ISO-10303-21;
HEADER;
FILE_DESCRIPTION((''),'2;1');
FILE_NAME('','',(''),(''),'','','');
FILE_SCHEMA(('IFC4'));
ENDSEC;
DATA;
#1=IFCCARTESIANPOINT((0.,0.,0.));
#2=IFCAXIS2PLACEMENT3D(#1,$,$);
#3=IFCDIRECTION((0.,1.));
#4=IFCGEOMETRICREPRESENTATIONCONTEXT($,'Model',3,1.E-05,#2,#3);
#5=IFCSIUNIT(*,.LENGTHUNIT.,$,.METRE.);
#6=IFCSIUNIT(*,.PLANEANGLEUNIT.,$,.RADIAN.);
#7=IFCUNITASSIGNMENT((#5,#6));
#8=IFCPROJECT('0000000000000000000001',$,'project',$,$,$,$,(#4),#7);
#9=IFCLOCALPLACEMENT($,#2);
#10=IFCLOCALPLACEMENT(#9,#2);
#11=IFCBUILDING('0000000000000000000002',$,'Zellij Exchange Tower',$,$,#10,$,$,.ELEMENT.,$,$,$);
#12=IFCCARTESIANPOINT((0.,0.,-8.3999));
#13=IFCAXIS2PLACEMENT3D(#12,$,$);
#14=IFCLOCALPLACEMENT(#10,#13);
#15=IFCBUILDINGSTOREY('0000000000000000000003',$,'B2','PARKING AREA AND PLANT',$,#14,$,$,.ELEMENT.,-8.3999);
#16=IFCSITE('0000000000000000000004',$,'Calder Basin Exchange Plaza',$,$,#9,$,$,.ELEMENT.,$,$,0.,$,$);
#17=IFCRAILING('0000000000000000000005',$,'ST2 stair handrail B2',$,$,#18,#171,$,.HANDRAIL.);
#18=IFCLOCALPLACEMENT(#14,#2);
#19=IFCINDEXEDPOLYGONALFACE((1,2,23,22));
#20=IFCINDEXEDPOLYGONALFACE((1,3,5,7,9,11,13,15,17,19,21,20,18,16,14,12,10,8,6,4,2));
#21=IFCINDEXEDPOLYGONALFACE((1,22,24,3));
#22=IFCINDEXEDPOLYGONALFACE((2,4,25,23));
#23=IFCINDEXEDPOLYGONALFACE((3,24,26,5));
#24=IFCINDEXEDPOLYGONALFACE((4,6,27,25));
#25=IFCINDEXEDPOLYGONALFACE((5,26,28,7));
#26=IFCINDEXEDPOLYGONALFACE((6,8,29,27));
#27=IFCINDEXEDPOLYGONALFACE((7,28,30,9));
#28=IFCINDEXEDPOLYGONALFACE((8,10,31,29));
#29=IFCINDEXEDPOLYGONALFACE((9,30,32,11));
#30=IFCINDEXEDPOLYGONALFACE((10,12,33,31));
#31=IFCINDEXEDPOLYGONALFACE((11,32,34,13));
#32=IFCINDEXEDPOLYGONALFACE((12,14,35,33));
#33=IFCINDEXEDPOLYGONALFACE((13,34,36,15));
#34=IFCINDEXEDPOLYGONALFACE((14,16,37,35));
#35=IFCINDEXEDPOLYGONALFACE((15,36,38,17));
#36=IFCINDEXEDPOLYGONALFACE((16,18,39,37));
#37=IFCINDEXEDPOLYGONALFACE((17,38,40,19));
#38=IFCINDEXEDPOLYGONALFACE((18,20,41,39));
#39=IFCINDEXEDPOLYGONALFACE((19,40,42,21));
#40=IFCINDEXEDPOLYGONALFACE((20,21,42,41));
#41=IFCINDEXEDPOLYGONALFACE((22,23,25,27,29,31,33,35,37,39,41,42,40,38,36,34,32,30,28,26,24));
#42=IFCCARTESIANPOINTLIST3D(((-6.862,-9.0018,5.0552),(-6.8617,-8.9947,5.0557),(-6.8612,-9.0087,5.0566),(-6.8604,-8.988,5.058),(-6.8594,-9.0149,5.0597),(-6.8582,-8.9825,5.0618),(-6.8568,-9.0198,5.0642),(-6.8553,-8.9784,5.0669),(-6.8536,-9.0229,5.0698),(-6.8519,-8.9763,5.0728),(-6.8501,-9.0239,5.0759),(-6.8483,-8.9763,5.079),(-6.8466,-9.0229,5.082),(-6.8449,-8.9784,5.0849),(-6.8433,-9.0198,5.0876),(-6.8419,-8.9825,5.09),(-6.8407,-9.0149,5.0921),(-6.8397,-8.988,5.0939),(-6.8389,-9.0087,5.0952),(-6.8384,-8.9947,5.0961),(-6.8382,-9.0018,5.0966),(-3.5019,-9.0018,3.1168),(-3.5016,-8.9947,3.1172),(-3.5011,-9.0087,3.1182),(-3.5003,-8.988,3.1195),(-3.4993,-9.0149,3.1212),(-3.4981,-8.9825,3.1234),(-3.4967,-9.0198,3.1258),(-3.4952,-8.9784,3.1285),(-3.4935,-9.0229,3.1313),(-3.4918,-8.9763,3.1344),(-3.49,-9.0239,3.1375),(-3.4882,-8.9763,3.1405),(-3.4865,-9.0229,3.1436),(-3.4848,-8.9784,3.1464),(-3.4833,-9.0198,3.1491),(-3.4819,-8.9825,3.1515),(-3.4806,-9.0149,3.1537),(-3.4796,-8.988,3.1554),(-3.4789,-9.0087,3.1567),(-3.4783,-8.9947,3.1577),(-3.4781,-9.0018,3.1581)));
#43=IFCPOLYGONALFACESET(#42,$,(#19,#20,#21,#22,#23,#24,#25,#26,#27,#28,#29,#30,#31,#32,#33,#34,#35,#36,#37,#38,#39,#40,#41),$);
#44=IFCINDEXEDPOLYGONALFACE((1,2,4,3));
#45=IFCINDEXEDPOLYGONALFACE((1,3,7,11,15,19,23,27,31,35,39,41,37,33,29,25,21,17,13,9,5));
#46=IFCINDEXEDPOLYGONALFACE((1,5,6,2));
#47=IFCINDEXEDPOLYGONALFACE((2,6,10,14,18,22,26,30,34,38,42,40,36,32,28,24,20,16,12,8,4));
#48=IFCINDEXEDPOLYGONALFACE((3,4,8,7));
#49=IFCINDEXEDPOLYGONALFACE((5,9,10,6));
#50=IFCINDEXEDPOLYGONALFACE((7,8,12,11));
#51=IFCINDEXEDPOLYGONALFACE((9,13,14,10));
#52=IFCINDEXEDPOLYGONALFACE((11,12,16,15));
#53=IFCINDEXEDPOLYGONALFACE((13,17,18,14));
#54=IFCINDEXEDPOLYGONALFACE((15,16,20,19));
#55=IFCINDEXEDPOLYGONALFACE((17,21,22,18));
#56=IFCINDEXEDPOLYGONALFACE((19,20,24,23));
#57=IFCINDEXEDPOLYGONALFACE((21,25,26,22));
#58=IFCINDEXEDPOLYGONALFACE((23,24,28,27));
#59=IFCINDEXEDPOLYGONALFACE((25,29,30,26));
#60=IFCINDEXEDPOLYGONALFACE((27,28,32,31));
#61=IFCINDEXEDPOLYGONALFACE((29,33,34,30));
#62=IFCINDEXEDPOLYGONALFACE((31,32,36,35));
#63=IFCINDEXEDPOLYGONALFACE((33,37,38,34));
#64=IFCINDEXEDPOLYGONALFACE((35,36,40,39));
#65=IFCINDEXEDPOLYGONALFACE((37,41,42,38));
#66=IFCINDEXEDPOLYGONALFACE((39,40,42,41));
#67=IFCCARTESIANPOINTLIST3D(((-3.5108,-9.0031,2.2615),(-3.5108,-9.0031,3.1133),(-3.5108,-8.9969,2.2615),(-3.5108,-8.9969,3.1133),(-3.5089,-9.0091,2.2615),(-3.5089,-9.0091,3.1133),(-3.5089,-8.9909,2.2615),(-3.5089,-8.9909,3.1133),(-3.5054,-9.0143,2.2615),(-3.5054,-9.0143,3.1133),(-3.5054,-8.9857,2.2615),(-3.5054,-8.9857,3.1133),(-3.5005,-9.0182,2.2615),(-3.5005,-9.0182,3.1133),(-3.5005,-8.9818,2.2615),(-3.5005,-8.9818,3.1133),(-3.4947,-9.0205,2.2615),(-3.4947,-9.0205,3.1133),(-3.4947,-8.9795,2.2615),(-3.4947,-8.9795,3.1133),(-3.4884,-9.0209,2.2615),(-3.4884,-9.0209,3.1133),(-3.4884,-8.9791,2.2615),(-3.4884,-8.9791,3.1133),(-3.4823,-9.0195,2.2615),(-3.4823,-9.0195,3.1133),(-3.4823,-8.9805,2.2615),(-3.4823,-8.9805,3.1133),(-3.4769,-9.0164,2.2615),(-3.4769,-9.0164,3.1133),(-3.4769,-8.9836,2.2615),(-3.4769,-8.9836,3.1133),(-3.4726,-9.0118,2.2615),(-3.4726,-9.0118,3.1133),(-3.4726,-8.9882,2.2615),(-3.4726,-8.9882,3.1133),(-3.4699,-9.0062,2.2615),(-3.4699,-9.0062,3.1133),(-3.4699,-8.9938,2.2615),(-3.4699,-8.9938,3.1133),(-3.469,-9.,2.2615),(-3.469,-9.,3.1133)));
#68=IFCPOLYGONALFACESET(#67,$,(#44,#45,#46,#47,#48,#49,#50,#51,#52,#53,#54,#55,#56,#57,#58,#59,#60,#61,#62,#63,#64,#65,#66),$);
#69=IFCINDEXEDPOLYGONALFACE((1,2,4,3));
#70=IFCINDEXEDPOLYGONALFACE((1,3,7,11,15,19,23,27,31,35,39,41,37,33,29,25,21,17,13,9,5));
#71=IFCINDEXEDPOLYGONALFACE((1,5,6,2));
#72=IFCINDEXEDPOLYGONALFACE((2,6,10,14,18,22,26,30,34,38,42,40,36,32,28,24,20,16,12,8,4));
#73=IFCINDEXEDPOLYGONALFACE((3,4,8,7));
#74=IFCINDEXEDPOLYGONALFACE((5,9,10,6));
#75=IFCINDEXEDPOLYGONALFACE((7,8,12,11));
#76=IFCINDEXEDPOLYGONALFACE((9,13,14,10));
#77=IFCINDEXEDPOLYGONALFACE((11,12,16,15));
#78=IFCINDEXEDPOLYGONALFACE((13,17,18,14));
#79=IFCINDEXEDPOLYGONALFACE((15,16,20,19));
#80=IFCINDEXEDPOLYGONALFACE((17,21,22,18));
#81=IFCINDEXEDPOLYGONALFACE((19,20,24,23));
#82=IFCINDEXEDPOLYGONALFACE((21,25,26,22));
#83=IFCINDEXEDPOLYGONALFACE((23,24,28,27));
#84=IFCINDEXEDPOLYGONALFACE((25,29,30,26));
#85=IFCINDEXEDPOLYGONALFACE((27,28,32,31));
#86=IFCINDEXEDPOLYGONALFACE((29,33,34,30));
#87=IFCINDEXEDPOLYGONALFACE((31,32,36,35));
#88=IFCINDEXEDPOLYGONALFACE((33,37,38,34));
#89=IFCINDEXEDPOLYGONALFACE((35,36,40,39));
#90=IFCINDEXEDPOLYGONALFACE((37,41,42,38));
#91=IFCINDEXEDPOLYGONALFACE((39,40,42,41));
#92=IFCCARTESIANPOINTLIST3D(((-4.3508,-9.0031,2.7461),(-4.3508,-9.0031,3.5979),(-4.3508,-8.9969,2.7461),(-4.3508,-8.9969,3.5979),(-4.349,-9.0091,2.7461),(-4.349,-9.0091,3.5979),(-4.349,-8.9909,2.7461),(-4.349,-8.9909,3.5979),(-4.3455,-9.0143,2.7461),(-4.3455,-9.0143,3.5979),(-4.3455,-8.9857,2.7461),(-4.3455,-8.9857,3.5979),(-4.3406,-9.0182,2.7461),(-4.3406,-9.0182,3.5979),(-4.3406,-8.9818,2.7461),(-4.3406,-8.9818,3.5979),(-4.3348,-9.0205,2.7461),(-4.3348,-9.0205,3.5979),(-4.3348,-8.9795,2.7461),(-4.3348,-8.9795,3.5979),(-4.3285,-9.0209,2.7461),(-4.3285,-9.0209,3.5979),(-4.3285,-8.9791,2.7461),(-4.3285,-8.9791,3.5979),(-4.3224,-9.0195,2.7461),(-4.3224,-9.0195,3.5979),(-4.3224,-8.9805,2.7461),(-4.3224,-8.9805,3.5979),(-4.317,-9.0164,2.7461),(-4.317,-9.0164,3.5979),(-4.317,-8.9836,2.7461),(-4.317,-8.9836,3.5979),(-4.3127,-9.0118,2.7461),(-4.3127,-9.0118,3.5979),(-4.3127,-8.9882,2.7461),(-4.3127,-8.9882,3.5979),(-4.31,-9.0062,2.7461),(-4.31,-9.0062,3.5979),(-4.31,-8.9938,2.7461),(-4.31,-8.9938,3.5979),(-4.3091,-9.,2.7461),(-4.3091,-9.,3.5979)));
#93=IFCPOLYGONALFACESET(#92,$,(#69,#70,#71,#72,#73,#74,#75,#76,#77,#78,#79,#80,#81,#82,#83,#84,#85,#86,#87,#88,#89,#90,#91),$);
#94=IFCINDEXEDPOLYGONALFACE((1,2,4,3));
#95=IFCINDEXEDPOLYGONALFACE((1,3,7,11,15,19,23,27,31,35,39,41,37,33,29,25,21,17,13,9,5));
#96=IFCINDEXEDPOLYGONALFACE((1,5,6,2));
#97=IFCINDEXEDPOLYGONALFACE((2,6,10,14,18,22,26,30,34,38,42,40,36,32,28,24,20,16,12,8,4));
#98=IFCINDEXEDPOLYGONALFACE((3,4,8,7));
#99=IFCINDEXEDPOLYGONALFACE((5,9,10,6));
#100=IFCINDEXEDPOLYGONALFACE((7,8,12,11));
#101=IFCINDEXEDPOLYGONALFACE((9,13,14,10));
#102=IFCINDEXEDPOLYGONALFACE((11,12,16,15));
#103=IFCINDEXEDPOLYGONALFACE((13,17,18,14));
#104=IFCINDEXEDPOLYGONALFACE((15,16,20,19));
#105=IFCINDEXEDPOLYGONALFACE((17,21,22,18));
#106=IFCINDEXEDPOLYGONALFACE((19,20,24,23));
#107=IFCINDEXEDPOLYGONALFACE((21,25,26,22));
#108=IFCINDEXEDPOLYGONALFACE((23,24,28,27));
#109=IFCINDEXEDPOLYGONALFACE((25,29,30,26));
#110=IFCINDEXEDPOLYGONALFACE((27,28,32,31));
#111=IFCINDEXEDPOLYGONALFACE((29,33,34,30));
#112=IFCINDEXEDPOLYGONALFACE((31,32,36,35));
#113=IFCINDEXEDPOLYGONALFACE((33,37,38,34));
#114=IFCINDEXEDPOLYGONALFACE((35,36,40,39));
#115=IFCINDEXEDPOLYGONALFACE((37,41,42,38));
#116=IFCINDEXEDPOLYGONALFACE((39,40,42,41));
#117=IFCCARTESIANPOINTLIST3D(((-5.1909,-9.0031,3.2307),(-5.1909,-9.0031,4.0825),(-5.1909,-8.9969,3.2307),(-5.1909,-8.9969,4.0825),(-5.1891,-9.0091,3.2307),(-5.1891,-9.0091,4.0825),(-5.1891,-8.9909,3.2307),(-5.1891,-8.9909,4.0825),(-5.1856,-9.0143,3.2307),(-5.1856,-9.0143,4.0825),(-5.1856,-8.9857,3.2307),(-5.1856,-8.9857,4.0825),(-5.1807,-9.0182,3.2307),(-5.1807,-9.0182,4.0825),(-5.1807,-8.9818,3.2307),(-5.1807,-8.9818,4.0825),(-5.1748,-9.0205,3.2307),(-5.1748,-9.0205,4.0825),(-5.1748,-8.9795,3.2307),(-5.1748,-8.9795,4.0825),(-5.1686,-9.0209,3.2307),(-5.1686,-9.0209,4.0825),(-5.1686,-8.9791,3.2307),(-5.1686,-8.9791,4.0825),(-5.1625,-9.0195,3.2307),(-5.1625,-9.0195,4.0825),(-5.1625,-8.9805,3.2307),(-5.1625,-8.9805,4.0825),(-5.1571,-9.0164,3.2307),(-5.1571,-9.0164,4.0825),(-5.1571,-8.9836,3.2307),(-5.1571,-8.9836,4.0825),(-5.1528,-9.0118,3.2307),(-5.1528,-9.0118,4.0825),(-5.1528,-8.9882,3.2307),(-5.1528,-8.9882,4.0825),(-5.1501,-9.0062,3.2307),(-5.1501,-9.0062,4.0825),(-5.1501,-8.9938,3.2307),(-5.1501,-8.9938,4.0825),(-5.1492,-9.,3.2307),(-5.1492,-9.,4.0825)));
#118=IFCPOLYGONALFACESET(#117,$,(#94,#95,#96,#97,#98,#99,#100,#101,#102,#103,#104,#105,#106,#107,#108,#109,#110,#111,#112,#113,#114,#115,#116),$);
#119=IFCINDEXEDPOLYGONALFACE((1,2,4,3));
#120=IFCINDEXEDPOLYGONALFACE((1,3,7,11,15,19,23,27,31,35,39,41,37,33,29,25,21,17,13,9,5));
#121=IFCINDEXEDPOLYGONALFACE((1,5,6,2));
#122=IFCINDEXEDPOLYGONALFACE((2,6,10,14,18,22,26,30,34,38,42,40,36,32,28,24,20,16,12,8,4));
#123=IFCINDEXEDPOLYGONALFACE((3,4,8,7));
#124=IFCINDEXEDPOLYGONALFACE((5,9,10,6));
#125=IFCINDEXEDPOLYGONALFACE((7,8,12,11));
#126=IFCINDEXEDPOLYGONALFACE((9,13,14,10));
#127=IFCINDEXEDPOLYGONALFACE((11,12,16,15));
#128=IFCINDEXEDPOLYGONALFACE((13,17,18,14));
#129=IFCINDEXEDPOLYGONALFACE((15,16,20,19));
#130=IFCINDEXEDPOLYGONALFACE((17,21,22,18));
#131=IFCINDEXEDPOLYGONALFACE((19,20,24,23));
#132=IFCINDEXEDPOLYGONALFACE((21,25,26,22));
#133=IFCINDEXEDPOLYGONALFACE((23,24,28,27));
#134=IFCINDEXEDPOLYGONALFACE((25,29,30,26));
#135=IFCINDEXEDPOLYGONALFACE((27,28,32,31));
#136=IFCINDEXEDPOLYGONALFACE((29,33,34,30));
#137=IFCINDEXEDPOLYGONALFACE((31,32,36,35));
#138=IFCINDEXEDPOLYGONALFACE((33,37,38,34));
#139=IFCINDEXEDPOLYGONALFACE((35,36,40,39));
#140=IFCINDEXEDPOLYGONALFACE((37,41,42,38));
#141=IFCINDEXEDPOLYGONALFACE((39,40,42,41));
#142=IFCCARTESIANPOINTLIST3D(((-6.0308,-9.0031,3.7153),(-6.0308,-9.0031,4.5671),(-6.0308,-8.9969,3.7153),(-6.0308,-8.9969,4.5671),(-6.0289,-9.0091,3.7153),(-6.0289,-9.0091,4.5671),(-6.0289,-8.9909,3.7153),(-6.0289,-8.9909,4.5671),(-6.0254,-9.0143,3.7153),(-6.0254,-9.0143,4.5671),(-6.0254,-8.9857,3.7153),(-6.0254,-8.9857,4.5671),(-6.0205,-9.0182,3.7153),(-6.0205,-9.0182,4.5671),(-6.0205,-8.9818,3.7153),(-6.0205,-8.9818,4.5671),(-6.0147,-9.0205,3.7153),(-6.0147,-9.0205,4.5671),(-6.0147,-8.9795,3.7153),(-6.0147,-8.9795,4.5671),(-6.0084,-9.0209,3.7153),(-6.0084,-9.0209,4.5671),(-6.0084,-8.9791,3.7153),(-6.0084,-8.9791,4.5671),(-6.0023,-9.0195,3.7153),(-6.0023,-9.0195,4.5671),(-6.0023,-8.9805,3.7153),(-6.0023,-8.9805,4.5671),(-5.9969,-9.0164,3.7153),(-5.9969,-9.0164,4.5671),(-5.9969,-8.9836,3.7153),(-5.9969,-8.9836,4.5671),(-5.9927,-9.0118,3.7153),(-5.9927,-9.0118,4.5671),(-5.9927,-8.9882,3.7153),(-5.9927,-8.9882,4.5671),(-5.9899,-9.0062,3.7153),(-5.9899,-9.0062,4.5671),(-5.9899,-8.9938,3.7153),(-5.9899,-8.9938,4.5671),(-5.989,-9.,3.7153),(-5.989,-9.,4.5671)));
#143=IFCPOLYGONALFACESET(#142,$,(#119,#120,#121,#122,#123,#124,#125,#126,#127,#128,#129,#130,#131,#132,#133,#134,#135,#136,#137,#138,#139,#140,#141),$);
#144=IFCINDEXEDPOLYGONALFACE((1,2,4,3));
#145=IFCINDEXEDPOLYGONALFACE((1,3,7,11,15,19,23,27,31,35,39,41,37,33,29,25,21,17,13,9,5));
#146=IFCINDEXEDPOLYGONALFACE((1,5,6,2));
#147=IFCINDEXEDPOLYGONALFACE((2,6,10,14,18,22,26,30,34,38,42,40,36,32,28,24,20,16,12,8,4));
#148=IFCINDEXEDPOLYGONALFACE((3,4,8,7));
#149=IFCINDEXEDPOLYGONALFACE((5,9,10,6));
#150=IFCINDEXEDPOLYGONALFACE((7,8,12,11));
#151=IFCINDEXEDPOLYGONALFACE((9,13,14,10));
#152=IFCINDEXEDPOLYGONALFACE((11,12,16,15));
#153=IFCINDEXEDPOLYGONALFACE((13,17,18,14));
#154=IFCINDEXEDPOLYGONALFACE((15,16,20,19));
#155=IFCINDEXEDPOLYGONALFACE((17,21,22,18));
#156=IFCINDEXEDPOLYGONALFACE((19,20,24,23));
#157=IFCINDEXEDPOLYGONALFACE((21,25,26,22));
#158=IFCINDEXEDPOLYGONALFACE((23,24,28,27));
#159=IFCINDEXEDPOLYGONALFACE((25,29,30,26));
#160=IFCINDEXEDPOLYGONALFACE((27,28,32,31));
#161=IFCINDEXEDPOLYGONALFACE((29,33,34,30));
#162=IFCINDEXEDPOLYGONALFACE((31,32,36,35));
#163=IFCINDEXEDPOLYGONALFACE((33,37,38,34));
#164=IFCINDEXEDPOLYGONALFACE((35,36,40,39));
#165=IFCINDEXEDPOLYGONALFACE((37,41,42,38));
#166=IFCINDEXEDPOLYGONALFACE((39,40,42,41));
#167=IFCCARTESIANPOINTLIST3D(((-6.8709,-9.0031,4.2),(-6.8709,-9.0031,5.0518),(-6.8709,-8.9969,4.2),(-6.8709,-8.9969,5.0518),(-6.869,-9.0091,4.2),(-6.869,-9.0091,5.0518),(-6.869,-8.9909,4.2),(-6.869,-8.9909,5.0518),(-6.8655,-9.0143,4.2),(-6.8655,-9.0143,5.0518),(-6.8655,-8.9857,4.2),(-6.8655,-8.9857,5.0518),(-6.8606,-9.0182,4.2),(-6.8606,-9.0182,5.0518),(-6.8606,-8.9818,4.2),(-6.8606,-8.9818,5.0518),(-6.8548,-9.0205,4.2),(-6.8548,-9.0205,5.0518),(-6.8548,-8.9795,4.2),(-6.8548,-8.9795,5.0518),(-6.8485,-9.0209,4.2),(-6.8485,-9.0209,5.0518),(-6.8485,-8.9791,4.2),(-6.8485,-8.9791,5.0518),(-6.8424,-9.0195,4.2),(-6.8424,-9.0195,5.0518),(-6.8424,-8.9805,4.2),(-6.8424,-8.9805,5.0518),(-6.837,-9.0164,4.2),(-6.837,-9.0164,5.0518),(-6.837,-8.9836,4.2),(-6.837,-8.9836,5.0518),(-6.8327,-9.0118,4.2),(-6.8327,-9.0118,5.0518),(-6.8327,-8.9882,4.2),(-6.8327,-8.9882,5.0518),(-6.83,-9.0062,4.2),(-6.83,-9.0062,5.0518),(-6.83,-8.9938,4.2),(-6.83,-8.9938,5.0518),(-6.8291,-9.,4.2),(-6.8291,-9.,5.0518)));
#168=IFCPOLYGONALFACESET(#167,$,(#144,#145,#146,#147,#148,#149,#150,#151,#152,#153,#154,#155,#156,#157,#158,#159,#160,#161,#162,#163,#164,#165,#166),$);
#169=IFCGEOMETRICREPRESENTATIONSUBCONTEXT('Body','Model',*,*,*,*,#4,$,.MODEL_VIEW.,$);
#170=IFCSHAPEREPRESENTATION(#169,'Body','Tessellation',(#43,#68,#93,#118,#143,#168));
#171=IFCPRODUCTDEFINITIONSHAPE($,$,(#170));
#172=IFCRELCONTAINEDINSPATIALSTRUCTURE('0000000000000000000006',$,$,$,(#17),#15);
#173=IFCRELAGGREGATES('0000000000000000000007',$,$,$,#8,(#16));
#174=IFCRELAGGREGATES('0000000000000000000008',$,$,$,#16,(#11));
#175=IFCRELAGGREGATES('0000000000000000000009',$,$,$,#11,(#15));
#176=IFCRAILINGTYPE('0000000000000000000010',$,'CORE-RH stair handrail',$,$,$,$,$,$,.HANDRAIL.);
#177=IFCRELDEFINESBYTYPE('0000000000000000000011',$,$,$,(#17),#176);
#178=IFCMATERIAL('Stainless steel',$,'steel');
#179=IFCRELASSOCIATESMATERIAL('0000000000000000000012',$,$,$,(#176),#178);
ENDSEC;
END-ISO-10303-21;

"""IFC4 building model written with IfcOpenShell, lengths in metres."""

from ifc_helpers import new_model, si_unit, direction, frame, origin, origin_2d, place, context, subcontext, project, spatial, circle, extrude, material, type_object, element, save


model = new_model("IFC4")

# Units and contexts
model_context = context("Model", 3, precision=1e-05, world=origin(), true_north=direction((0.0, 1.0)))
body_context = subcontext(model_context, "Body", "Model", "MODEL_VIEW")
ifc_project = project(units=[si_unit("LENGTHUNIT", "METRE"), si_unit("PLANEANGLEUNIT", "RADIAN")], contexts=[model_context])

# Site, building, storey
site_placement = place(None, origin())
site = spatial("IfcSite", under=ifc_project, at=site_placement, Name="Calder Basin Exchange Plaza", CompositionType="ELEMENT", RefElevation=0.0)
building_placement = place(site_placement, origin())
building = spatial("IfcBuilding", under=site, at=building_placement, Name="Zellij Exchange Tower", CompositionType="ELEMENT")
storey_placement = place(building_placement, frame((0.0, 0.0, -8.3999)))
storey = spatial("IfcBuildingStorey", under=building, at=storey_placement, Name="B2", Description="PARKING AREA AND PLANT", CompositionType="ELEMENT", Elevation=-8.3999)

# Railing
ifc_material_1 = material(Name="Stainless steel", Category="steel")
railing_type_1 = type_object("IfcRailingType", Name="CORE-RH stair handrail", PredefinedType="HANDRAIL", material=ifc_material_1)
railing_1_placement = place(storey_placement, frame((-3.49, -9.0, 2.2615)))
element("IfcRailing", 1, at=railing_1_placement, inside=storey, type_object=railing_type_1, Name="ST2 stair handrail B2", PredefinedType="HANDRAIL", context=body_context, shape_type="SweptSolid", body=[
    extrude(circle(Radius=0.0239, at=origin_2d()), frame((0.0, 0.0, 0.876), z_axis=(-0.866191, 0.0, 0.499713), x_axis=(0.0, -1.0, 0.0)), (0.0, 0.0, 1.0), 3.8792),
    extrude(circle(Radius=0.021, at=origin_2d()), origin(), (0.0, 0.0, 1.0), 0.8518),
    extrude(circle(Radius=0.021, at=origin_2d()), frame((-0.8401, 0.0, 0.4846)), (0.0, 0.0, 1.0), 0.8518),
    extrude(circle(Radius=0.021, at=origin_2d()), frame((-1.6802, 0.0, 0.9692)), (0.0, 0.0, 1.0), 0.8518),
    extrude(circle(Radius=0.021, at=origin_2d()), frame((-2.52, 0.0, 1.4539)), (0.0, 0.0, 1.0), 0.8518),
    extrude(circle(Radius=0.021, at=origin_2d()), frame((-3.3601, 0.0, 1.9385)), (0.0, 0.0, 1.0), 0.8518),
])

save(model, "model.ifc")
